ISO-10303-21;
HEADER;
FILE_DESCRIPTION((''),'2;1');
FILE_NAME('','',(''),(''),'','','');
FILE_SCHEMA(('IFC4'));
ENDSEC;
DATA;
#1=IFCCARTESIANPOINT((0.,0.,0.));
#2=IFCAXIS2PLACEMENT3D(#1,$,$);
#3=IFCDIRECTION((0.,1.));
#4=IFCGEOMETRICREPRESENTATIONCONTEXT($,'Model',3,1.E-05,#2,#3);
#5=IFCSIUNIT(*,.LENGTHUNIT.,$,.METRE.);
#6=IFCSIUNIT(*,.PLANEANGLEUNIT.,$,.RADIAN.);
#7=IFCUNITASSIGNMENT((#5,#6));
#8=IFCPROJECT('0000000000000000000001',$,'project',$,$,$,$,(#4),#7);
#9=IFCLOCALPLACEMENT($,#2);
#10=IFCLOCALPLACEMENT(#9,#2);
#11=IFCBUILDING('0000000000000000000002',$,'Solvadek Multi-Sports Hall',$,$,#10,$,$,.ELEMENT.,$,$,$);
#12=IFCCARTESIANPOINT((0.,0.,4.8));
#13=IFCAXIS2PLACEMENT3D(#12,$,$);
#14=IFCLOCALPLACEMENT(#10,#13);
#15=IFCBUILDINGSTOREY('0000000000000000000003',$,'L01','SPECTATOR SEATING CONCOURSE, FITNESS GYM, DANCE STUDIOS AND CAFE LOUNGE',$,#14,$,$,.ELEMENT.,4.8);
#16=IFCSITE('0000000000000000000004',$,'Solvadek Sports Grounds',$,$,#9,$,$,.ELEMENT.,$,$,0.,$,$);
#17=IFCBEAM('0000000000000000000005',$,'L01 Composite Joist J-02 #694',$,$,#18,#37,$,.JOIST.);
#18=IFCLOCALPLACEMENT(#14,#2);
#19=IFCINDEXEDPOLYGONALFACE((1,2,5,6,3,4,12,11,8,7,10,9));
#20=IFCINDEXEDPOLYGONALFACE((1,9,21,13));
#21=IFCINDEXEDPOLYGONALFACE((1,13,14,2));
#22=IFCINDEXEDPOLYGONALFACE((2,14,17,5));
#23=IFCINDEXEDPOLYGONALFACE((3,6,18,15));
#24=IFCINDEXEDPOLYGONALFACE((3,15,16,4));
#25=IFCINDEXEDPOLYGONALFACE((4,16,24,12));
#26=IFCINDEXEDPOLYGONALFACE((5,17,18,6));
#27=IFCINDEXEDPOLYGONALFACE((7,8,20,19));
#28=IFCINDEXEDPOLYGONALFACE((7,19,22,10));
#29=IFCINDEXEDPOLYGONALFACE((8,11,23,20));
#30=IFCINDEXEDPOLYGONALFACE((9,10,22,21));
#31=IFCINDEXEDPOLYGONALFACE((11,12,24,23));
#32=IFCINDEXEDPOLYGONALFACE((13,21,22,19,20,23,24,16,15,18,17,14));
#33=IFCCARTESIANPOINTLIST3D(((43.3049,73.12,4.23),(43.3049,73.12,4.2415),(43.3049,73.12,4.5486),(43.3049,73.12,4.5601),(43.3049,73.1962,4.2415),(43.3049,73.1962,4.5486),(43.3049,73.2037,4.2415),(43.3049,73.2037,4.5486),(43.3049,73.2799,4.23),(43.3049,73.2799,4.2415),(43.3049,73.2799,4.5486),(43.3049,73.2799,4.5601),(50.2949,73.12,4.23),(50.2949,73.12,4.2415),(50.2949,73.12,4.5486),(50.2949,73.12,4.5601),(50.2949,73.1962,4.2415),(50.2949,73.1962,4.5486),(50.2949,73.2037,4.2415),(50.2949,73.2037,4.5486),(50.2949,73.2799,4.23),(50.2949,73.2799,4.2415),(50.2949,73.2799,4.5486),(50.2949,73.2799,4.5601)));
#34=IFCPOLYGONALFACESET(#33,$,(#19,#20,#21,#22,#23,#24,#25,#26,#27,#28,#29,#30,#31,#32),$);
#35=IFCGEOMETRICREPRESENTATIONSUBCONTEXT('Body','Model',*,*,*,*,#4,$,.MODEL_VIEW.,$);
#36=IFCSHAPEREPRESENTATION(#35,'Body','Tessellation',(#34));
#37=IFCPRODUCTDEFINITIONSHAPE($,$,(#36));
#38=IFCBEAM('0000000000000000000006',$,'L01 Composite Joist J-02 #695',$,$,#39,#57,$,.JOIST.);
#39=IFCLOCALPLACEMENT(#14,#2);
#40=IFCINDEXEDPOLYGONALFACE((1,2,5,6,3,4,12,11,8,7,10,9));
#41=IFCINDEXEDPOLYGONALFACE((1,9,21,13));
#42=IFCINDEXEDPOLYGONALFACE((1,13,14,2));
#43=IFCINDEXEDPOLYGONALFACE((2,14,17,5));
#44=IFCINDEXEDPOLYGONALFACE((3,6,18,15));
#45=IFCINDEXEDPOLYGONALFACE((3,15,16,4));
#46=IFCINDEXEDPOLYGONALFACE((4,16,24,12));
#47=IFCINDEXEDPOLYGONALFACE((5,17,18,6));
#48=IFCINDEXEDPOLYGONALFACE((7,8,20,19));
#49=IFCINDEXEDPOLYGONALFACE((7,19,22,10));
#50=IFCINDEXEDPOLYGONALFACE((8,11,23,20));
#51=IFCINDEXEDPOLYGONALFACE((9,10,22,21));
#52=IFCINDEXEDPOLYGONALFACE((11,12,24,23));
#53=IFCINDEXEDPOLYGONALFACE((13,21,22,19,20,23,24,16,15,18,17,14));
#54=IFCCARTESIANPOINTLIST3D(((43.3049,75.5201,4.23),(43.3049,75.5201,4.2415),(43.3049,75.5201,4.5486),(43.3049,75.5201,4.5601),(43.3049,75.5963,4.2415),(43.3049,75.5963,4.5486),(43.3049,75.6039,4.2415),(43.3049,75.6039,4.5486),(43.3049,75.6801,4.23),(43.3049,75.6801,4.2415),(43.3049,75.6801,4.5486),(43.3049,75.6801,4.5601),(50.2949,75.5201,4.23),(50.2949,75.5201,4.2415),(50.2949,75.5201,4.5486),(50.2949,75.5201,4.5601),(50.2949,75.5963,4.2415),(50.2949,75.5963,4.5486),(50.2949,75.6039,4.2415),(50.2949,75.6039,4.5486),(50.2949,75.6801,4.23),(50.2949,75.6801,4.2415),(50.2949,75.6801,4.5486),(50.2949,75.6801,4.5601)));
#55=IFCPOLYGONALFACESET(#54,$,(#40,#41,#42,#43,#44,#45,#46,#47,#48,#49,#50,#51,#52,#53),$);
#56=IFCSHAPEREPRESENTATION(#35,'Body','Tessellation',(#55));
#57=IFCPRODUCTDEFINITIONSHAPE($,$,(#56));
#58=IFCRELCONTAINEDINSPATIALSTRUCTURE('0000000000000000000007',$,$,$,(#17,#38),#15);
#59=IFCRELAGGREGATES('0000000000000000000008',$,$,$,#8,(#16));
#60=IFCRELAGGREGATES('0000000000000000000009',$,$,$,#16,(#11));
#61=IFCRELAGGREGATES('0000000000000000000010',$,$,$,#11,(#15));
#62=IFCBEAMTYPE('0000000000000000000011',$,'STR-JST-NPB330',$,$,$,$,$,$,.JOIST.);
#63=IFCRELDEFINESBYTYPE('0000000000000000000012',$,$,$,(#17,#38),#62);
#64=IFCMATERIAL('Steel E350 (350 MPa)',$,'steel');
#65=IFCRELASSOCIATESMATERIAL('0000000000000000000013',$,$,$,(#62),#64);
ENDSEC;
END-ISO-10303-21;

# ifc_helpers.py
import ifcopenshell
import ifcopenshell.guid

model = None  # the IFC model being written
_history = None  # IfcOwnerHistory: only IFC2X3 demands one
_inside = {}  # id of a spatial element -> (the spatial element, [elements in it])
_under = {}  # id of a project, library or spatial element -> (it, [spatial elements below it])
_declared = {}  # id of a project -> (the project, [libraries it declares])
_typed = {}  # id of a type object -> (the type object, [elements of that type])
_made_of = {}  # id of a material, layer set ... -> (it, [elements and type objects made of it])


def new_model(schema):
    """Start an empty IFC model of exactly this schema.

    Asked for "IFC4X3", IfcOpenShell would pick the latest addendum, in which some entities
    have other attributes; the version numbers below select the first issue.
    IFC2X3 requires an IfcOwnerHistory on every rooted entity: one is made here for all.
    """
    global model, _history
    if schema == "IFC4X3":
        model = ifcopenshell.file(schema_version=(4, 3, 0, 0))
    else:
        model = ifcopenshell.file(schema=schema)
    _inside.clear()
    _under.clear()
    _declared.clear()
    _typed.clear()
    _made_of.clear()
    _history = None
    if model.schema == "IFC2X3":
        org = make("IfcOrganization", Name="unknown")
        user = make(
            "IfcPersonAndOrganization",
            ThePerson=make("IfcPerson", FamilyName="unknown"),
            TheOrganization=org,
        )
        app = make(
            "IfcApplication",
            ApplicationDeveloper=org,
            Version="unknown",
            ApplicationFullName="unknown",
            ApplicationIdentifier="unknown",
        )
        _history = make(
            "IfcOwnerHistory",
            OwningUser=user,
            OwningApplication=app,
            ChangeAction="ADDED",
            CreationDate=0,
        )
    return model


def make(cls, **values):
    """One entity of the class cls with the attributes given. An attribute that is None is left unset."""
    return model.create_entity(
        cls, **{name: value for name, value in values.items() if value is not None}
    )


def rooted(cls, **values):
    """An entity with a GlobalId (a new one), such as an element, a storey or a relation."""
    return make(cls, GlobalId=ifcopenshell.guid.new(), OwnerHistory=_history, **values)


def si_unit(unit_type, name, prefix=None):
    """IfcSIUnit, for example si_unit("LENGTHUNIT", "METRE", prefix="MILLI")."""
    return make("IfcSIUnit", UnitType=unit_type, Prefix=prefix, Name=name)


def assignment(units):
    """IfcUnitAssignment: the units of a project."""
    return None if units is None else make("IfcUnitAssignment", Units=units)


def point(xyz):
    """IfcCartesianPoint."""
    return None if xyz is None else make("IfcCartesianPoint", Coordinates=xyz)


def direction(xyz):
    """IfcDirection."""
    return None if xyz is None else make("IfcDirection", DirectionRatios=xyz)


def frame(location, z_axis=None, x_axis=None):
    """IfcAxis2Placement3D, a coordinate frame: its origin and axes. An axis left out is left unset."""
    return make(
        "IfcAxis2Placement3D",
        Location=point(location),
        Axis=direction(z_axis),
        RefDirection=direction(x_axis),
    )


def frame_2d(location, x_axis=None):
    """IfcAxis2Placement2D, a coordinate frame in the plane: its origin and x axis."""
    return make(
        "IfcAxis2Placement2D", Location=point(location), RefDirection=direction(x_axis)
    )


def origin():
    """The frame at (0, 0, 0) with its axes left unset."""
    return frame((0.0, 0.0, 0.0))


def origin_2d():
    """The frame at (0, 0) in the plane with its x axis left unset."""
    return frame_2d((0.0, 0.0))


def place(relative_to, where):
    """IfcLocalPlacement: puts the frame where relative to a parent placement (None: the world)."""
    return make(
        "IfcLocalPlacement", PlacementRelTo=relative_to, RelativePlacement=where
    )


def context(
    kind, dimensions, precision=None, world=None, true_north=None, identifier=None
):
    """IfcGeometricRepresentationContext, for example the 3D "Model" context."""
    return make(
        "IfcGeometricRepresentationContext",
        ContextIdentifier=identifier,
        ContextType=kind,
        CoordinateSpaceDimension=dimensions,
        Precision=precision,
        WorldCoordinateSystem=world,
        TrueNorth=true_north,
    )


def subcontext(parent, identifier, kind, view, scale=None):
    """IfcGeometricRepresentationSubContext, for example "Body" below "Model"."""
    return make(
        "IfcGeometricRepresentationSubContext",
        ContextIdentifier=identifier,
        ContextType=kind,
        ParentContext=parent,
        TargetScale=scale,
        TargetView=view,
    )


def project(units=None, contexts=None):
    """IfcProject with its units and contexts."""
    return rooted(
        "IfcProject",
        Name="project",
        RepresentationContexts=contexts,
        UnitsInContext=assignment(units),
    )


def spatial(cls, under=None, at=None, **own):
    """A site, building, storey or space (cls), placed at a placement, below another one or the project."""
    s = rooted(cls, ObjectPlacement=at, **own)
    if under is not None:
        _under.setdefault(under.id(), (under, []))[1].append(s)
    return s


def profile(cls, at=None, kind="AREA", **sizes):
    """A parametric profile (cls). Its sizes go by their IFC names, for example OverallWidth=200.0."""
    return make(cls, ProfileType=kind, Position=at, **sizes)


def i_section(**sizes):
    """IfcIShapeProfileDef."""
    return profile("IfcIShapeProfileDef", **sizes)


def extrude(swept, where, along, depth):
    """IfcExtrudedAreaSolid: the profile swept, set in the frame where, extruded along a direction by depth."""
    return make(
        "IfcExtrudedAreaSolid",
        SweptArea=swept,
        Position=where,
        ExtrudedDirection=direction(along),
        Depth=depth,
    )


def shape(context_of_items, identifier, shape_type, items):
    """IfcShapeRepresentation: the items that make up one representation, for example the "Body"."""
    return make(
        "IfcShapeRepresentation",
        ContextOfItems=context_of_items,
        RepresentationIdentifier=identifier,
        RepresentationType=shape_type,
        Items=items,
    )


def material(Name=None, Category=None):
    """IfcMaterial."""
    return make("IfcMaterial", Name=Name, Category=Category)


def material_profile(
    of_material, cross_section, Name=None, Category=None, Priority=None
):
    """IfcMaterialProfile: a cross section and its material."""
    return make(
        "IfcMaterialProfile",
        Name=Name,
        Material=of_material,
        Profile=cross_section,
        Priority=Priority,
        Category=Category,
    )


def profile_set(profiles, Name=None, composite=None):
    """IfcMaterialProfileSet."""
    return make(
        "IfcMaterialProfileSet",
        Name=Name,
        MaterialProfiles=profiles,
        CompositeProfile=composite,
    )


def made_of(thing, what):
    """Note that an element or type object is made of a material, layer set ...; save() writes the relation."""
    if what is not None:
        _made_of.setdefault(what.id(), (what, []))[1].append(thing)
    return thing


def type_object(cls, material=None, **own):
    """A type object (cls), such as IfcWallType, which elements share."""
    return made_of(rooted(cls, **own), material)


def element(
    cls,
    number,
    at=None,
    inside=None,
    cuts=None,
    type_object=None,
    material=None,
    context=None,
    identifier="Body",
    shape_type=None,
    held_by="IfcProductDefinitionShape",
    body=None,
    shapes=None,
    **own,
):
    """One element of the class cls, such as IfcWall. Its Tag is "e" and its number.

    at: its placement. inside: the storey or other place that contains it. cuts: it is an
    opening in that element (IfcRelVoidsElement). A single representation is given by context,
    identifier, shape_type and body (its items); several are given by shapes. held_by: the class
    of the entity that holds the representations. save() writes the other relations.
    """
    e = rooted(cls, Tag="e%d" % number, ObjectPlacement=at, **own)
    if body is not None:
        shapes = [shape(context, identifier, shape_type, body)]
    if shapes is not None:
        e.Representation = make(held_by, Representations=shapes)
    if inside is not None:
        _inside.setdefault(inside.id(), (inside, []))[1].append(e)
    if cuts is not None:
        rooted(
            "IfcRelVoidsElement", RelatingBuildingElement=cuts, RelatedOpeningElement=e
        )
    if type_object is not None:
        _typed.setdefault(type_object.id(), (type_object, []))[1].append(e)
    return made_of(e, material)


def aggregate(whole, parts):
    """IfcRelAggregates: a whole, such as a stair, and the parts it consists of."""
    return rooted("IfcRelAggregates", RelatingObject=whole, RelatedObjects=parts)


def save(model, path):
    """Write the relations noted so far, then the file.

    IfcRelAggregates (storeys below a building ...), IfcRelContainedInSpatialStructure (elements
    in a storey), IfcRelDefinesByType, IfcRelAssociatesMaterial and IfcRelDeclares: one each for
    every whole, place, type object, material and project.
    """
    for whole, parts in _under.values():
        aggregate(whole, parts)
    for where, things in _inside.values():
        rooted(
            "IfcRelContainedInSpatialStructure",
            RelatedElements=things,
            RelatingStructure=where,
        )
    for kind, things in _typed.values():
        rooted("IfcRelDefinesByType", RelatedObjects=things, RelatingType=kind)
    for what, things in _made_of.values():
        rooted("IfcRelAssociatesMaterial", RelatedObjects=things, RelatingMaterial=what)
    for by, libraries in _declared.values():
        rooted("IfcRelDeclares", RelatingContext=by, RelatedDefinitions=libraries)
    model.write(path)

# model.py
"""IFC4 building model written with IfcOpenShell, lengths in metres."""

from ifc_helpers import new_model, si_unit, direction, frame, origin, origin_2d, place, context, subcontext, project, spatial, i_section, extrude, material, material_profile, profile_set, type_object, element, save


model = new_model("IFC4")

# Units and contexts
model_context = context("Model", 3, precision=1e-05, world=origin(), true_north=direction((0.0, 1.0)))
body_context = subcontext(model_context, "Body", "Model", "MODEL_VIEW")
ifc_project = project(units=[si_unit("LENGTHUNIT", "METRE"), si_unit("PLANEANGLEUNIT", "RADIAN")], contexts=[model_context])

# Site, building, storey
site_placement = place(None, origin())
site = spatial("IfcSite", under=ifc_project, at=site_placement, Name="Solvadek Sports Grounds", CompositionType="ELEMENT", RefElevation=0.0)
building_placement = place(site_placement, origin())
building = spatial("IfcBuilding", under=site, at=building_placement, Name="Solvadek Multi-Sports Hall", CompositionType="ELEMENT")
storey_placement = place(building_placement, frame((0.0, 0.0, 4.8)))
storey = spatial("IfcBuildingStorey", under=building, at=storey_placement, Name="L01", Description="SPECTATOR SEATING CONCOURSE, FITNESS GYM, DANCE STUDIOS AND CAFE LOUNGE", CompositionType="ELEMENT", Elevation=4.8)

# Shared definitions
ifc_material = material(Name="Steel E350 (350 MPa)", Category="steel")

# Beams
ifc_material_profile_1 = material_profile(ifc_material, i_section(OverallWidth=0.1599, OverallDepth=0.3301, WebThickness=0.0076, FlangeThickness=0.0115, at=origin_2d()), Name="NPB 330")
ifc_profile_set_1 = profile_set([ifc_material_profile_1], Name="Steel E350 (350 MPa)")
beam_type_1 = type_object("IfcBeamType", Name="STR-JST-NPB330", PredefinedType="JOIST", material=ifc_profile_set_1)
for number, where, z_axis, x_axis, name in (
    (1, (43.3049, 73.2, 4.395), (1.0, 0.0, 0.0), (0.0, 1.0, 0.0), "L01 Composite Joist J-02 #694"),
    (2, (43.3049, 75.6001, 4.395), (1.0, 0.0, 0.0), (0.0, 1.0, 0.0), "L01 Composite Joist J-02 #695"),
):
    element("IfcBeam", number, at=place(storey_placement, frame(where, z_axis=z_axis, x_axis=x_axis)), inside=storey, type_object=beam_type_1, Name=name, PredefinedType="JOIST", context=body_context, shape_type="SweptSolid", body=[
        extrude(i_section(OverallWidth=0.1599, OverallDepth=0.3301, WebThickness=0.0076, FlangeThickness=0.0115, at=origin_2d()), origin(), (0.0, 0.0, 1.0), 6.99),
    ])

save(model, "model.ifc")
